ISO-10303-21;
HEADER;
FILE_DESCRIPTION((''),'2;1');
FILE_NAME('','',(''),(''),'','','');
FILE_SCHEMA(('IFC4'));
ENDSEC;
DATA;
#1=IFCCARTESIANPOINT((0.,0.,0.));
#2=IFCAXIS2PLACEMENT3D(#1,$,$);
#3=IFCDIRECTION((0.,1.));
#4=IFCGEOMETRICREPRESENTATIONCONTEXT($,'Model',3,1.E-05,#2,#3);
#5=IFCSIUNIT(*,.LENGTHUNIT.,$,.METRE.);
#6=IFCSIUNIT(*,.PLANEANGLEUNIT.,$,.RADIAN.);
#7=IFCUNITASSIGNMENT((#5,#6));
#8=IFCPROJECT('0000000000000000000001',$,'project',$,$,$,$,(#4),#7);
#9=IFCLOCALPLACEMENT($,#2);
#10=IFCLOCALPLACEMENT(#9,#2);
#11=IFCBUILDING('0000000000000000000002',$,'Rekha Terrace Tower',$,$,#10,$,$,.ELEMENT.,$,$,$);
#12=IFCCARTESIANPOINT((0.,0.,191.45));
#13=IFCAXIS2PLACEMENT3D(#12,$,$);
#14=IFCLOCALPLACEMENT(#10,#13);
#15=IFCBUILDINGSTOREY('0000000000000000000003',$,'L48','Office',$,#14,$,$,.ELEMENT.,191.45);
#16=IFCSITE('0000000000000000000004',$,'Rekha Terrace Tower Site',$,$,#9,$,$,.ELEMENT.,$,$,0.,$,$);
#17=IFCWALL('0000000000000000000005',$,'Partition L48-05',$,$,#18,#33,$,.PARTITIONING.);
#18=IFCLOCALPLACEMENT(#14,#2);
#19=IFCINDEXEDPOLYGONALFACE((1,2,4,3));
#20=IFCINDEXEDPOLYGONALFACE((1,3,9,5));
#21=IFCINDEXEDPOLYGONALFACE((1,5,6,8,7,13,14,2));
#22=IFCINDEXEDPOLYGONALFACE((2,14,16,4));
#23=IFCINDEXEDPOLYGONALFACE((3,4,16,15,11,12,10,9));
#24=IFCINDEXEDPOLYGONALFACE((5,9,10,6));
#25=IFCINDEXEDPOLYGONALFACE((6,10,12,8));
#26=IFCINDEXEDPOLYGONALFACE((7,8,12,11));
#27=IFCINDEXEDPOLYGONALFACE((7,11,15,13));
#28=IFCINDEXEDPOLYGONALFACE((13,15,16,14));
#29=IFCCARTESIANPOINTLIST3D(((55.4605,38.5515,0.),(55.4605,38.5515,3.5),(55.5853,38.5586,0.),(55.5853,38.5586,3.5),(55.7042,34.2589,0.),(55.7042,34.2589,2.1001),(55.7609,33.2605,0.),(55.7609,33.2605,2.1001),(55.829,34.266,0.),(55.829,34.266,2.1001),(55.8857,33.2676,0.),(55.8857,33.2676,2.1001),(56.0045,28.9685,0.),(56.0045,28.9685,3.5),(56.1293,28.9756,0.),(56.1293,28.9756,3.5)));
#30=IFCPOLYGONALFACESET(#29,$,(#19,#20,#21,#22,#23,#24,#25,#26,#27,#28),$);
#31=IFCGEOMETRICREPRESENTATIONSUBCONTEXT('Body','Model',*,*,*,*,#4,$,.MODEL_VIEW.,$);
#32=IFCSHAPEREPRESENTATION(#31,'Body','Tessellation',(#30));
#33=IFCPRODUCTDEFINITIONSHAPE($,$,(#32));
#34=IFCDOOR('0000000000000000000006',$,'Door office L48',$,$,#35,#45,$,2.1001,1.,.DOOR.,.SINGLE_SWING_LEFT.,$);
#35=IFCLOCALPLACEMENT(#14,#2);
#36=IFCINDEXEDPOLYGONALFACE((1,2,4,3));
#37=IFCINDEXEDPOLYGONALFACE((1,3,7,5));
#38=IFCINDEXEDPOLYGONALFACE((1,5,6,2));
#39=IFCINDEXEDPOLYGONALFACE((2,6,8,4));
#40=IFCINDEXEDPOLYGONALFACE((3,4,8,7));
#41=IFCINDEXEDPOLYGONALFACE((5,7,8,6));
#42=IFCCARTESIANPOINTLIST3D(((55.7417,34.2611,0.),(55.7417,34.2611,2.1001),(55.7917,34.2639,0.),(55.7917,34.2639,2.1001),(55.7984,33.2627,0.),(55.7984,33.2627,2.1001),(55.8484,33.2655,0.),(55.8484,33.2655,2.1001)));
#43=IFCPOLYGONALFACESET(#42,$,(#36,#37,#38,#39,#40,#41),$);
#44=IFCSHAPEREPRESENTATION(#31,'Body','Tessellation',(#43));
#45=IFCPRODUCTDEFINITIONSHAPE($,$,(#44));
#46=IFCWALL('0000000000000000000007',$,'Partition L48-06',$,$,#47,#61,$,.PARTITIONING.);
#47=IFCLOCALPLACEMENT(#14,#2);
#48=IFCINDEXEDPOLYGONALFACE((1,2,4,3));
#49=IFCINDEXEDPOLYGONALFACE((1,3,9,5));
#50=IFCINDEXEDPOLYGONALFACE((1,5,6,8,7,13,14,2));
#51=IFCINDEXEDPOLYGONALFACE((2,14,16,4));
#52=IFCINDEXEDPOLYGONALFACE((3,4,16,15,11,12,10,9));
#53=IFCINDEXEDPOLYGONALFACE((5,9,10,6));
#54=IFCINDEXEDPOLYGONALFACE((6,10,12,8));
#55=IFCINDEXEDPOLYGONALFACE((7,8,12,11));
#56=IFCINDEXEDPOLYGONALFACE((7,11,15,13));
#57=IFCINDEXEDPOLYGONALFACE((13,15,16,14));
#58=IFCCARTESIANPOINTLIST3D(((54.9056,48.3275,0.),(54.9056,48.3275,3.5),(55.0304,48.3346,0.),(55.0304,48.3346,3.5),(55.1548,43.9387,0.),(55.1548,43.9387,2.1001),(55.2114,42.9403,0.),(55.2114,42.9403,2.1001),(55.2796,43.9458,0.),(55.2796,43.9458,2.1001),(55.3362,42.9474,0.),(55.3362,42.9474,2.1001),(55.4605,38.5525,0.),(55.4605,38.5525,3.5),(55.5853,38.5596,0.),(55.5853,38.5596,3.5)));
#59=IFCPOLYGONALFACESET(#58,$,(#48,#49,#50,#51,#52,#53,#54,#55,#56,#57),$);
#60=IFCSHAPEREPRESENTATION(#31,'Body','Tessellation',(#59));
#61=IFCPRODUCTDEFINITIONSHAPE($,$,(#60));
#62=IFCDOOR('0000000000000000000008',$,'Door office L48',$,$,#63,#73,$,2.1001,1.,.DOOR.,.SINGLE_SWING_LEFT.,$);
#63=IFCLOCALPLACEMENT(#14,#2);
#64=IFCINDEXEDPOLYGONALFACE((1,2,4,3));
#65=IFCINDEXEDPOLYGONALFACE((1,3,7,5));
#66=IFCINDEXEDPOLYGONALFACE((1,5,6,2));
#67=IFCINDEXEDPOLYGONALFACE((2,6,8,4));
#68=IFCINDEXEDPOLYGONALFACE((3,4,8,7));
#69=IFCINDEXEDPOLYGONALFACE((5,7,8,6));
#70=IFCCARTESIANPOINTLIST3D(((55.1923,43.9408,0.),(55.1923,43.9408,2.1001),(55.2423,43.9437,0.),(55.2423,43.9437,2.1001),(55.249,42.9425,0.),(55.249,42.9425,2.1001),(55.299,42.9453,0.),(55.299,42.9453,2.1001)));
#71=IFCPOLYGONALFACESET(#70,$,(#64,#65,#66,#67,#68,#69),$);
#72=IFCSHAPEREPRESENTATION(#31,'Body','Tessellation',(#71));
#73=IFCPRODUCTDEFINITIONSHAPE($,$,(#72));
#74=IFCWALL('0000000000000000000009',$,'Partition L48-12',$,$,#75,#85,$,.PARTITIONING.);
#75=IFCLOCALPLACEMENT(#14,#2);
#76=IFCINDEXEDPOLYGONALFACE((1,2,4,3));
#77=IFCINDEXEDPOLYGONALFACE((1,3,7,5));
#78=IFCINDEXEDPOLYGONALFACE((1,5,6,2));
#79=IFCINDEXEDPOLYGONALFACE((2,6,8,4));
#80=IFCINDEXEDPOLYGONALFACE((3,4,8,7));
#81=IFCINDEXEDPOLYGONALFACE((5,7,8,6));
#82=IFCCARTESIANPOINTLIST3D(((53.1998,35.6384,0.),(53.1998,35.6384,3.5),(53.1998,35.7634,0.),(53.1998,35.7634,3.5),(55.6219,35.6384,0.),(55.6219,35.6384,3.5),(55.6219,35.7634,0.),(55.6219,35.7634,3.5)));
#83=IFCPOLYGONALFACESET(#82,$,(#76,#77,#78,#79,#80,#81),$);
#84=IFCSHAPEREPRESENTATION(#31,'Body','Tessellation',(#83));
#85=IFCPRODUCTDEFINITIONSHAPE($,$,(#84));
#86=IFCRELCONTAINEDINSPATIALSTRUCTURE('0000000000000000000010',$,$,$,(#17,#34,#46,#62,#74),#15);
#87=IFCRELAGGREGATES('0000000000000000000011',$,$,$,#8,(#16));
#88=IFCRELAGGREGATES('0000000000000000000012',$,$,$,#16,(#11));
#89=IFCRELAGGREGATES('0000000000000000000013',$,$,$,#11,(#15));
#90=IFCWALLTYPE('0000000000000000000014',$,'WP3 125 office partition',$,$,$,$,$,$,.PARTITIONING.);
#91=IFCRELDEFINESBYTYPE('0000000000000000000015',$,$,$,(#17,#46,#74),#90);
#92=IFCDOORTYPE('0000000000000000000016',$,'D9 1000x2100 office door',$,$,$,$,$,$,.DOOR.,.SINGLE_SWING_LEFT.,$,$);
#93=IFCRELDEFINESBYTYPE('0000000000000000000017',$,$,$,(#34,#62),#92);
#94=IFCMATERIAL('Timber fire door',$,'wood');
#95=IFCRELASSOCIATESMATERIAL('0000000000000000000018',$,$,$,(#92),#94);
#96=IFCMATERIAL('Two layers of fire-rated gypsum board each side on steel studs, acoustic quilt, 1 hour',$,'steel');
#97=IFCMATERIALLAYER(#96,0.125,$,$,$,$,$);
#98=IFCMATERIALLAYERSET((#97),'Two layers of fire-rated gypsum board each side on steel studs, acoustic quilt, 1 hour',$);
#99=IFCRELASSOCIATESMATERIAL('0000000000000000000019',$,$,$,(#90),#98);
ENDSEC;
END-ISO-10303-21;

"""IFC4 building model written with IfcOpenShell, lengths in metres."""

from ifc_helpers import new_model, si_unit, direction, frame, frame_2d, origin, place, context, subcontext, project, spatial, rectangle, extrude, material, layer, layer_set, type_object, element, fill, save


model = new_model("IFC4")

# Units and contexts
model_context = context("Model", 3, precision=1e-05, world=origin(), true_north=direction((0.0, 1.0)))
body_context = subcontext(model_context, "Body", "Model", "MODEL_VIEW")
ifc_project = project(units=[si_unit("LENGTHUNIT", "METRE"), si_unit("PLANEANGLEUNIT", "RADIAN")], contexts=[model_context])

# Site, building, storey
site_placement = place(None, origin())
site = spatial("IfcSite", under=ifc_project, at=site_placement, Name="Rekha Terrace Tower Site", CompositionType="ELEMENT", RefElevation=0.0)
building_placement = place(site_placement, origin())
building = spatial("IfcBuilding", under=site, at=building_placement, Name="Rekha Terrace Tower", CompositionType="ELEMENT")
storey_placement = place(building_placement, frame((0.0, 0.0, 191.45)))
storey = spatial("IfcBuildingStorey", under=building, at=storey_placement, Name="L48", Description="Office", CompositionType="ELEMENT", Elevation=191.45)

# Shared definitions
ifc_material_1 = material(Name="Timber fire door", Category="wood")
door_type = type_object("IfcDoorType", Name="D9 1000x2100 office door", OperationType="SINGLE_SWING_LEFT", PredefinedType="DOOR", material=ifc_material_1)

# Shared definitions
ifc_material_2 = material(Name="Two layers of fire-rated gypsum board each side on steel studs, acoustic quilt, 1 hour", Category="steel")
ifc_layer_1 = layer(ifc_material_2, 0.125)
ifc_layer_set_1 = layer_set([ifc_layer_1], Name="Two layers of fire-rated gypsum board each side on steel studs, acoustic quilt, 1 hour")
wall_type_1 = type_object("IfcWallType", Name="WP3 125 office partition", PredefinedType="PARTITIONING", material=ifc_layer_set_1)

# Walls, openings, doors
wall_1_placement = place(storey_placement, frame((56.0669, 28.9719, 0.0), z_axis=(0.0, 0.0, 1.0), x_axis=(-0.05667, 0.998393, 0.0)))
wall_1 = element("IfcWall", 1, at=wall_1_placement, inside=storey, type_object=wall_type_1, Name="Partition L48-05", PredefinedType="PARTITIONING", context=body_context, shape_type="SweptSolid", body=[
    extrude(rectangle(XDim=9.5984, YDim=0.125, at=frame_2d((4.7993, 0.0))), origin(), (0.0, 0.0, 1.0), 3.5),
])
opening_1_placement = place(wall_1_placement, frame((4.2991, 0.0, 0.0)))
opening_1 = element("IfcOpeningElement", 2, at=opening_1_placement, cuts=wall_1, PredefinedType="OPENING", context=body_context, shape_type="SweptSolid", body=[
    extrude(rectangle(XDim=1.0, YDim=2.1001, at=frame_2d((0.5, 1.05))), frame((0.0, 0.0725, 0.0), z_axis=(0.0, -1.0, 0.0), x_axis=(1.0, 0.0, 0.0)), (0.0, 0.0, 1.0), 0.145),
])
door_1_placement = place(opening_1_placement, origin())
door_1 = element("IfcDoor", 3, at=door_1_placement, inside=storey, type_object=door_type, Name="Door office L48", OperationType="SINGLE_SWING_LEFT", OverallHeight=2.1001, OverallWidth=1.0, PredefinedType="DOOR", context=body_context, shape_type="SweptSolid", body=[
    extrude(rectangle(XDim=1.0, YDim=2.1001, at=frame_2d((0.5, 1.05))), frame((0.0, 0.0249, 0.0), z_axis=(0.0, -1.0, 0.0), x_axis=(1.0, 0.0, 0.0)), (0.0, 0.0, 1.0), 0.05),
])
fill(opening_1, door_1)
wall_2_placement = place(storey_placement, frame((55.5229, 38.5559, 0.0), z_axis=(0.0, 0.0, 1.0), x_axis=(-0.056678, 0.998392, 0.0)))
wall_2 = element("IfcWall", 4, at=wall_2_placement, inside=storey, type_object=wall_type_1, Name="Partition L48-06", PredefinedType="PARTITIONING", context=body_context, shape_type="SweptSolid", body=[
    extrude(rectangle(XDim=9.7908, YDim=0.125, at=frame_2d((4.8955, 0.0))), origin(), (0.0, 0.0, 1.0), 3.5),
])
opening_2_placement = place(wall_2_placement, frame((4.395, 0.0, 0.0)))
opening_2 = element("IfcOpeningElement", 5, at=opening_2_placement, cuts=wall_2, PredefinedType="OPENING", context=body_context, shape_type="SweptSolid", body=[
    extrude(rectangle(XDim=1.0, YDim=2.1001, at=frame_2d((0.5, 1.05))), frame((0.0, 0.0725, 0.0), z_axis=(0.0, -1.0, 0.0), x_axis=(1.0, 0.0, 0.0)), (0.0, 0.0, 1.0), 0.145),
])
door_2_placement = place(opening_2_placement, origin())
door_2 = element("IfcDoor", 6, at=door_2_placement, inside=storey, type_object=door_type, Name="Door office L48", OperationType="SINGLE_SWING_LEFT", OverallHeight=2.1001, OverallWidth=1.0, PredefinedType="DOOR", context=body_context, shape_type="SweptSolid", body=[
    extrude(rectangle(XDim=1.0, YDim=2.1001, at=frame_2d((0.5, 1.05))), frame((0.0, 0.0249, 0.0), z_axis=(0.0, -1.0, 0.0), x_axis=(1.0, 0.0, 0.0)), (0.0, 0.0, 1.0), 0.05),
])
fill(opening_2, door_2)

# Wall
wall_3_placement = place(storey_placement, frame((53.2, 35.7009, 0.0), z_axis=(0.0, 0.0, 1.0), x_axis=(1.0, 0.0, 0.0)))
element("IfcWall", 7, at=wall_3_placement, inside=storey, type_object=wall_type_1, Name="Partition L48-12", PredefinedType="PARTITIONING", context=body_context, shape_type="SweptSolid", body=[
    extrude(rectangle(XDim=2.4221, YDim=0.125, at=frame_2d((1.2109, 0.0))), origin(), (0.0, 0.0, 1.0), 3.5),
])

save(model, "model.ifc")
